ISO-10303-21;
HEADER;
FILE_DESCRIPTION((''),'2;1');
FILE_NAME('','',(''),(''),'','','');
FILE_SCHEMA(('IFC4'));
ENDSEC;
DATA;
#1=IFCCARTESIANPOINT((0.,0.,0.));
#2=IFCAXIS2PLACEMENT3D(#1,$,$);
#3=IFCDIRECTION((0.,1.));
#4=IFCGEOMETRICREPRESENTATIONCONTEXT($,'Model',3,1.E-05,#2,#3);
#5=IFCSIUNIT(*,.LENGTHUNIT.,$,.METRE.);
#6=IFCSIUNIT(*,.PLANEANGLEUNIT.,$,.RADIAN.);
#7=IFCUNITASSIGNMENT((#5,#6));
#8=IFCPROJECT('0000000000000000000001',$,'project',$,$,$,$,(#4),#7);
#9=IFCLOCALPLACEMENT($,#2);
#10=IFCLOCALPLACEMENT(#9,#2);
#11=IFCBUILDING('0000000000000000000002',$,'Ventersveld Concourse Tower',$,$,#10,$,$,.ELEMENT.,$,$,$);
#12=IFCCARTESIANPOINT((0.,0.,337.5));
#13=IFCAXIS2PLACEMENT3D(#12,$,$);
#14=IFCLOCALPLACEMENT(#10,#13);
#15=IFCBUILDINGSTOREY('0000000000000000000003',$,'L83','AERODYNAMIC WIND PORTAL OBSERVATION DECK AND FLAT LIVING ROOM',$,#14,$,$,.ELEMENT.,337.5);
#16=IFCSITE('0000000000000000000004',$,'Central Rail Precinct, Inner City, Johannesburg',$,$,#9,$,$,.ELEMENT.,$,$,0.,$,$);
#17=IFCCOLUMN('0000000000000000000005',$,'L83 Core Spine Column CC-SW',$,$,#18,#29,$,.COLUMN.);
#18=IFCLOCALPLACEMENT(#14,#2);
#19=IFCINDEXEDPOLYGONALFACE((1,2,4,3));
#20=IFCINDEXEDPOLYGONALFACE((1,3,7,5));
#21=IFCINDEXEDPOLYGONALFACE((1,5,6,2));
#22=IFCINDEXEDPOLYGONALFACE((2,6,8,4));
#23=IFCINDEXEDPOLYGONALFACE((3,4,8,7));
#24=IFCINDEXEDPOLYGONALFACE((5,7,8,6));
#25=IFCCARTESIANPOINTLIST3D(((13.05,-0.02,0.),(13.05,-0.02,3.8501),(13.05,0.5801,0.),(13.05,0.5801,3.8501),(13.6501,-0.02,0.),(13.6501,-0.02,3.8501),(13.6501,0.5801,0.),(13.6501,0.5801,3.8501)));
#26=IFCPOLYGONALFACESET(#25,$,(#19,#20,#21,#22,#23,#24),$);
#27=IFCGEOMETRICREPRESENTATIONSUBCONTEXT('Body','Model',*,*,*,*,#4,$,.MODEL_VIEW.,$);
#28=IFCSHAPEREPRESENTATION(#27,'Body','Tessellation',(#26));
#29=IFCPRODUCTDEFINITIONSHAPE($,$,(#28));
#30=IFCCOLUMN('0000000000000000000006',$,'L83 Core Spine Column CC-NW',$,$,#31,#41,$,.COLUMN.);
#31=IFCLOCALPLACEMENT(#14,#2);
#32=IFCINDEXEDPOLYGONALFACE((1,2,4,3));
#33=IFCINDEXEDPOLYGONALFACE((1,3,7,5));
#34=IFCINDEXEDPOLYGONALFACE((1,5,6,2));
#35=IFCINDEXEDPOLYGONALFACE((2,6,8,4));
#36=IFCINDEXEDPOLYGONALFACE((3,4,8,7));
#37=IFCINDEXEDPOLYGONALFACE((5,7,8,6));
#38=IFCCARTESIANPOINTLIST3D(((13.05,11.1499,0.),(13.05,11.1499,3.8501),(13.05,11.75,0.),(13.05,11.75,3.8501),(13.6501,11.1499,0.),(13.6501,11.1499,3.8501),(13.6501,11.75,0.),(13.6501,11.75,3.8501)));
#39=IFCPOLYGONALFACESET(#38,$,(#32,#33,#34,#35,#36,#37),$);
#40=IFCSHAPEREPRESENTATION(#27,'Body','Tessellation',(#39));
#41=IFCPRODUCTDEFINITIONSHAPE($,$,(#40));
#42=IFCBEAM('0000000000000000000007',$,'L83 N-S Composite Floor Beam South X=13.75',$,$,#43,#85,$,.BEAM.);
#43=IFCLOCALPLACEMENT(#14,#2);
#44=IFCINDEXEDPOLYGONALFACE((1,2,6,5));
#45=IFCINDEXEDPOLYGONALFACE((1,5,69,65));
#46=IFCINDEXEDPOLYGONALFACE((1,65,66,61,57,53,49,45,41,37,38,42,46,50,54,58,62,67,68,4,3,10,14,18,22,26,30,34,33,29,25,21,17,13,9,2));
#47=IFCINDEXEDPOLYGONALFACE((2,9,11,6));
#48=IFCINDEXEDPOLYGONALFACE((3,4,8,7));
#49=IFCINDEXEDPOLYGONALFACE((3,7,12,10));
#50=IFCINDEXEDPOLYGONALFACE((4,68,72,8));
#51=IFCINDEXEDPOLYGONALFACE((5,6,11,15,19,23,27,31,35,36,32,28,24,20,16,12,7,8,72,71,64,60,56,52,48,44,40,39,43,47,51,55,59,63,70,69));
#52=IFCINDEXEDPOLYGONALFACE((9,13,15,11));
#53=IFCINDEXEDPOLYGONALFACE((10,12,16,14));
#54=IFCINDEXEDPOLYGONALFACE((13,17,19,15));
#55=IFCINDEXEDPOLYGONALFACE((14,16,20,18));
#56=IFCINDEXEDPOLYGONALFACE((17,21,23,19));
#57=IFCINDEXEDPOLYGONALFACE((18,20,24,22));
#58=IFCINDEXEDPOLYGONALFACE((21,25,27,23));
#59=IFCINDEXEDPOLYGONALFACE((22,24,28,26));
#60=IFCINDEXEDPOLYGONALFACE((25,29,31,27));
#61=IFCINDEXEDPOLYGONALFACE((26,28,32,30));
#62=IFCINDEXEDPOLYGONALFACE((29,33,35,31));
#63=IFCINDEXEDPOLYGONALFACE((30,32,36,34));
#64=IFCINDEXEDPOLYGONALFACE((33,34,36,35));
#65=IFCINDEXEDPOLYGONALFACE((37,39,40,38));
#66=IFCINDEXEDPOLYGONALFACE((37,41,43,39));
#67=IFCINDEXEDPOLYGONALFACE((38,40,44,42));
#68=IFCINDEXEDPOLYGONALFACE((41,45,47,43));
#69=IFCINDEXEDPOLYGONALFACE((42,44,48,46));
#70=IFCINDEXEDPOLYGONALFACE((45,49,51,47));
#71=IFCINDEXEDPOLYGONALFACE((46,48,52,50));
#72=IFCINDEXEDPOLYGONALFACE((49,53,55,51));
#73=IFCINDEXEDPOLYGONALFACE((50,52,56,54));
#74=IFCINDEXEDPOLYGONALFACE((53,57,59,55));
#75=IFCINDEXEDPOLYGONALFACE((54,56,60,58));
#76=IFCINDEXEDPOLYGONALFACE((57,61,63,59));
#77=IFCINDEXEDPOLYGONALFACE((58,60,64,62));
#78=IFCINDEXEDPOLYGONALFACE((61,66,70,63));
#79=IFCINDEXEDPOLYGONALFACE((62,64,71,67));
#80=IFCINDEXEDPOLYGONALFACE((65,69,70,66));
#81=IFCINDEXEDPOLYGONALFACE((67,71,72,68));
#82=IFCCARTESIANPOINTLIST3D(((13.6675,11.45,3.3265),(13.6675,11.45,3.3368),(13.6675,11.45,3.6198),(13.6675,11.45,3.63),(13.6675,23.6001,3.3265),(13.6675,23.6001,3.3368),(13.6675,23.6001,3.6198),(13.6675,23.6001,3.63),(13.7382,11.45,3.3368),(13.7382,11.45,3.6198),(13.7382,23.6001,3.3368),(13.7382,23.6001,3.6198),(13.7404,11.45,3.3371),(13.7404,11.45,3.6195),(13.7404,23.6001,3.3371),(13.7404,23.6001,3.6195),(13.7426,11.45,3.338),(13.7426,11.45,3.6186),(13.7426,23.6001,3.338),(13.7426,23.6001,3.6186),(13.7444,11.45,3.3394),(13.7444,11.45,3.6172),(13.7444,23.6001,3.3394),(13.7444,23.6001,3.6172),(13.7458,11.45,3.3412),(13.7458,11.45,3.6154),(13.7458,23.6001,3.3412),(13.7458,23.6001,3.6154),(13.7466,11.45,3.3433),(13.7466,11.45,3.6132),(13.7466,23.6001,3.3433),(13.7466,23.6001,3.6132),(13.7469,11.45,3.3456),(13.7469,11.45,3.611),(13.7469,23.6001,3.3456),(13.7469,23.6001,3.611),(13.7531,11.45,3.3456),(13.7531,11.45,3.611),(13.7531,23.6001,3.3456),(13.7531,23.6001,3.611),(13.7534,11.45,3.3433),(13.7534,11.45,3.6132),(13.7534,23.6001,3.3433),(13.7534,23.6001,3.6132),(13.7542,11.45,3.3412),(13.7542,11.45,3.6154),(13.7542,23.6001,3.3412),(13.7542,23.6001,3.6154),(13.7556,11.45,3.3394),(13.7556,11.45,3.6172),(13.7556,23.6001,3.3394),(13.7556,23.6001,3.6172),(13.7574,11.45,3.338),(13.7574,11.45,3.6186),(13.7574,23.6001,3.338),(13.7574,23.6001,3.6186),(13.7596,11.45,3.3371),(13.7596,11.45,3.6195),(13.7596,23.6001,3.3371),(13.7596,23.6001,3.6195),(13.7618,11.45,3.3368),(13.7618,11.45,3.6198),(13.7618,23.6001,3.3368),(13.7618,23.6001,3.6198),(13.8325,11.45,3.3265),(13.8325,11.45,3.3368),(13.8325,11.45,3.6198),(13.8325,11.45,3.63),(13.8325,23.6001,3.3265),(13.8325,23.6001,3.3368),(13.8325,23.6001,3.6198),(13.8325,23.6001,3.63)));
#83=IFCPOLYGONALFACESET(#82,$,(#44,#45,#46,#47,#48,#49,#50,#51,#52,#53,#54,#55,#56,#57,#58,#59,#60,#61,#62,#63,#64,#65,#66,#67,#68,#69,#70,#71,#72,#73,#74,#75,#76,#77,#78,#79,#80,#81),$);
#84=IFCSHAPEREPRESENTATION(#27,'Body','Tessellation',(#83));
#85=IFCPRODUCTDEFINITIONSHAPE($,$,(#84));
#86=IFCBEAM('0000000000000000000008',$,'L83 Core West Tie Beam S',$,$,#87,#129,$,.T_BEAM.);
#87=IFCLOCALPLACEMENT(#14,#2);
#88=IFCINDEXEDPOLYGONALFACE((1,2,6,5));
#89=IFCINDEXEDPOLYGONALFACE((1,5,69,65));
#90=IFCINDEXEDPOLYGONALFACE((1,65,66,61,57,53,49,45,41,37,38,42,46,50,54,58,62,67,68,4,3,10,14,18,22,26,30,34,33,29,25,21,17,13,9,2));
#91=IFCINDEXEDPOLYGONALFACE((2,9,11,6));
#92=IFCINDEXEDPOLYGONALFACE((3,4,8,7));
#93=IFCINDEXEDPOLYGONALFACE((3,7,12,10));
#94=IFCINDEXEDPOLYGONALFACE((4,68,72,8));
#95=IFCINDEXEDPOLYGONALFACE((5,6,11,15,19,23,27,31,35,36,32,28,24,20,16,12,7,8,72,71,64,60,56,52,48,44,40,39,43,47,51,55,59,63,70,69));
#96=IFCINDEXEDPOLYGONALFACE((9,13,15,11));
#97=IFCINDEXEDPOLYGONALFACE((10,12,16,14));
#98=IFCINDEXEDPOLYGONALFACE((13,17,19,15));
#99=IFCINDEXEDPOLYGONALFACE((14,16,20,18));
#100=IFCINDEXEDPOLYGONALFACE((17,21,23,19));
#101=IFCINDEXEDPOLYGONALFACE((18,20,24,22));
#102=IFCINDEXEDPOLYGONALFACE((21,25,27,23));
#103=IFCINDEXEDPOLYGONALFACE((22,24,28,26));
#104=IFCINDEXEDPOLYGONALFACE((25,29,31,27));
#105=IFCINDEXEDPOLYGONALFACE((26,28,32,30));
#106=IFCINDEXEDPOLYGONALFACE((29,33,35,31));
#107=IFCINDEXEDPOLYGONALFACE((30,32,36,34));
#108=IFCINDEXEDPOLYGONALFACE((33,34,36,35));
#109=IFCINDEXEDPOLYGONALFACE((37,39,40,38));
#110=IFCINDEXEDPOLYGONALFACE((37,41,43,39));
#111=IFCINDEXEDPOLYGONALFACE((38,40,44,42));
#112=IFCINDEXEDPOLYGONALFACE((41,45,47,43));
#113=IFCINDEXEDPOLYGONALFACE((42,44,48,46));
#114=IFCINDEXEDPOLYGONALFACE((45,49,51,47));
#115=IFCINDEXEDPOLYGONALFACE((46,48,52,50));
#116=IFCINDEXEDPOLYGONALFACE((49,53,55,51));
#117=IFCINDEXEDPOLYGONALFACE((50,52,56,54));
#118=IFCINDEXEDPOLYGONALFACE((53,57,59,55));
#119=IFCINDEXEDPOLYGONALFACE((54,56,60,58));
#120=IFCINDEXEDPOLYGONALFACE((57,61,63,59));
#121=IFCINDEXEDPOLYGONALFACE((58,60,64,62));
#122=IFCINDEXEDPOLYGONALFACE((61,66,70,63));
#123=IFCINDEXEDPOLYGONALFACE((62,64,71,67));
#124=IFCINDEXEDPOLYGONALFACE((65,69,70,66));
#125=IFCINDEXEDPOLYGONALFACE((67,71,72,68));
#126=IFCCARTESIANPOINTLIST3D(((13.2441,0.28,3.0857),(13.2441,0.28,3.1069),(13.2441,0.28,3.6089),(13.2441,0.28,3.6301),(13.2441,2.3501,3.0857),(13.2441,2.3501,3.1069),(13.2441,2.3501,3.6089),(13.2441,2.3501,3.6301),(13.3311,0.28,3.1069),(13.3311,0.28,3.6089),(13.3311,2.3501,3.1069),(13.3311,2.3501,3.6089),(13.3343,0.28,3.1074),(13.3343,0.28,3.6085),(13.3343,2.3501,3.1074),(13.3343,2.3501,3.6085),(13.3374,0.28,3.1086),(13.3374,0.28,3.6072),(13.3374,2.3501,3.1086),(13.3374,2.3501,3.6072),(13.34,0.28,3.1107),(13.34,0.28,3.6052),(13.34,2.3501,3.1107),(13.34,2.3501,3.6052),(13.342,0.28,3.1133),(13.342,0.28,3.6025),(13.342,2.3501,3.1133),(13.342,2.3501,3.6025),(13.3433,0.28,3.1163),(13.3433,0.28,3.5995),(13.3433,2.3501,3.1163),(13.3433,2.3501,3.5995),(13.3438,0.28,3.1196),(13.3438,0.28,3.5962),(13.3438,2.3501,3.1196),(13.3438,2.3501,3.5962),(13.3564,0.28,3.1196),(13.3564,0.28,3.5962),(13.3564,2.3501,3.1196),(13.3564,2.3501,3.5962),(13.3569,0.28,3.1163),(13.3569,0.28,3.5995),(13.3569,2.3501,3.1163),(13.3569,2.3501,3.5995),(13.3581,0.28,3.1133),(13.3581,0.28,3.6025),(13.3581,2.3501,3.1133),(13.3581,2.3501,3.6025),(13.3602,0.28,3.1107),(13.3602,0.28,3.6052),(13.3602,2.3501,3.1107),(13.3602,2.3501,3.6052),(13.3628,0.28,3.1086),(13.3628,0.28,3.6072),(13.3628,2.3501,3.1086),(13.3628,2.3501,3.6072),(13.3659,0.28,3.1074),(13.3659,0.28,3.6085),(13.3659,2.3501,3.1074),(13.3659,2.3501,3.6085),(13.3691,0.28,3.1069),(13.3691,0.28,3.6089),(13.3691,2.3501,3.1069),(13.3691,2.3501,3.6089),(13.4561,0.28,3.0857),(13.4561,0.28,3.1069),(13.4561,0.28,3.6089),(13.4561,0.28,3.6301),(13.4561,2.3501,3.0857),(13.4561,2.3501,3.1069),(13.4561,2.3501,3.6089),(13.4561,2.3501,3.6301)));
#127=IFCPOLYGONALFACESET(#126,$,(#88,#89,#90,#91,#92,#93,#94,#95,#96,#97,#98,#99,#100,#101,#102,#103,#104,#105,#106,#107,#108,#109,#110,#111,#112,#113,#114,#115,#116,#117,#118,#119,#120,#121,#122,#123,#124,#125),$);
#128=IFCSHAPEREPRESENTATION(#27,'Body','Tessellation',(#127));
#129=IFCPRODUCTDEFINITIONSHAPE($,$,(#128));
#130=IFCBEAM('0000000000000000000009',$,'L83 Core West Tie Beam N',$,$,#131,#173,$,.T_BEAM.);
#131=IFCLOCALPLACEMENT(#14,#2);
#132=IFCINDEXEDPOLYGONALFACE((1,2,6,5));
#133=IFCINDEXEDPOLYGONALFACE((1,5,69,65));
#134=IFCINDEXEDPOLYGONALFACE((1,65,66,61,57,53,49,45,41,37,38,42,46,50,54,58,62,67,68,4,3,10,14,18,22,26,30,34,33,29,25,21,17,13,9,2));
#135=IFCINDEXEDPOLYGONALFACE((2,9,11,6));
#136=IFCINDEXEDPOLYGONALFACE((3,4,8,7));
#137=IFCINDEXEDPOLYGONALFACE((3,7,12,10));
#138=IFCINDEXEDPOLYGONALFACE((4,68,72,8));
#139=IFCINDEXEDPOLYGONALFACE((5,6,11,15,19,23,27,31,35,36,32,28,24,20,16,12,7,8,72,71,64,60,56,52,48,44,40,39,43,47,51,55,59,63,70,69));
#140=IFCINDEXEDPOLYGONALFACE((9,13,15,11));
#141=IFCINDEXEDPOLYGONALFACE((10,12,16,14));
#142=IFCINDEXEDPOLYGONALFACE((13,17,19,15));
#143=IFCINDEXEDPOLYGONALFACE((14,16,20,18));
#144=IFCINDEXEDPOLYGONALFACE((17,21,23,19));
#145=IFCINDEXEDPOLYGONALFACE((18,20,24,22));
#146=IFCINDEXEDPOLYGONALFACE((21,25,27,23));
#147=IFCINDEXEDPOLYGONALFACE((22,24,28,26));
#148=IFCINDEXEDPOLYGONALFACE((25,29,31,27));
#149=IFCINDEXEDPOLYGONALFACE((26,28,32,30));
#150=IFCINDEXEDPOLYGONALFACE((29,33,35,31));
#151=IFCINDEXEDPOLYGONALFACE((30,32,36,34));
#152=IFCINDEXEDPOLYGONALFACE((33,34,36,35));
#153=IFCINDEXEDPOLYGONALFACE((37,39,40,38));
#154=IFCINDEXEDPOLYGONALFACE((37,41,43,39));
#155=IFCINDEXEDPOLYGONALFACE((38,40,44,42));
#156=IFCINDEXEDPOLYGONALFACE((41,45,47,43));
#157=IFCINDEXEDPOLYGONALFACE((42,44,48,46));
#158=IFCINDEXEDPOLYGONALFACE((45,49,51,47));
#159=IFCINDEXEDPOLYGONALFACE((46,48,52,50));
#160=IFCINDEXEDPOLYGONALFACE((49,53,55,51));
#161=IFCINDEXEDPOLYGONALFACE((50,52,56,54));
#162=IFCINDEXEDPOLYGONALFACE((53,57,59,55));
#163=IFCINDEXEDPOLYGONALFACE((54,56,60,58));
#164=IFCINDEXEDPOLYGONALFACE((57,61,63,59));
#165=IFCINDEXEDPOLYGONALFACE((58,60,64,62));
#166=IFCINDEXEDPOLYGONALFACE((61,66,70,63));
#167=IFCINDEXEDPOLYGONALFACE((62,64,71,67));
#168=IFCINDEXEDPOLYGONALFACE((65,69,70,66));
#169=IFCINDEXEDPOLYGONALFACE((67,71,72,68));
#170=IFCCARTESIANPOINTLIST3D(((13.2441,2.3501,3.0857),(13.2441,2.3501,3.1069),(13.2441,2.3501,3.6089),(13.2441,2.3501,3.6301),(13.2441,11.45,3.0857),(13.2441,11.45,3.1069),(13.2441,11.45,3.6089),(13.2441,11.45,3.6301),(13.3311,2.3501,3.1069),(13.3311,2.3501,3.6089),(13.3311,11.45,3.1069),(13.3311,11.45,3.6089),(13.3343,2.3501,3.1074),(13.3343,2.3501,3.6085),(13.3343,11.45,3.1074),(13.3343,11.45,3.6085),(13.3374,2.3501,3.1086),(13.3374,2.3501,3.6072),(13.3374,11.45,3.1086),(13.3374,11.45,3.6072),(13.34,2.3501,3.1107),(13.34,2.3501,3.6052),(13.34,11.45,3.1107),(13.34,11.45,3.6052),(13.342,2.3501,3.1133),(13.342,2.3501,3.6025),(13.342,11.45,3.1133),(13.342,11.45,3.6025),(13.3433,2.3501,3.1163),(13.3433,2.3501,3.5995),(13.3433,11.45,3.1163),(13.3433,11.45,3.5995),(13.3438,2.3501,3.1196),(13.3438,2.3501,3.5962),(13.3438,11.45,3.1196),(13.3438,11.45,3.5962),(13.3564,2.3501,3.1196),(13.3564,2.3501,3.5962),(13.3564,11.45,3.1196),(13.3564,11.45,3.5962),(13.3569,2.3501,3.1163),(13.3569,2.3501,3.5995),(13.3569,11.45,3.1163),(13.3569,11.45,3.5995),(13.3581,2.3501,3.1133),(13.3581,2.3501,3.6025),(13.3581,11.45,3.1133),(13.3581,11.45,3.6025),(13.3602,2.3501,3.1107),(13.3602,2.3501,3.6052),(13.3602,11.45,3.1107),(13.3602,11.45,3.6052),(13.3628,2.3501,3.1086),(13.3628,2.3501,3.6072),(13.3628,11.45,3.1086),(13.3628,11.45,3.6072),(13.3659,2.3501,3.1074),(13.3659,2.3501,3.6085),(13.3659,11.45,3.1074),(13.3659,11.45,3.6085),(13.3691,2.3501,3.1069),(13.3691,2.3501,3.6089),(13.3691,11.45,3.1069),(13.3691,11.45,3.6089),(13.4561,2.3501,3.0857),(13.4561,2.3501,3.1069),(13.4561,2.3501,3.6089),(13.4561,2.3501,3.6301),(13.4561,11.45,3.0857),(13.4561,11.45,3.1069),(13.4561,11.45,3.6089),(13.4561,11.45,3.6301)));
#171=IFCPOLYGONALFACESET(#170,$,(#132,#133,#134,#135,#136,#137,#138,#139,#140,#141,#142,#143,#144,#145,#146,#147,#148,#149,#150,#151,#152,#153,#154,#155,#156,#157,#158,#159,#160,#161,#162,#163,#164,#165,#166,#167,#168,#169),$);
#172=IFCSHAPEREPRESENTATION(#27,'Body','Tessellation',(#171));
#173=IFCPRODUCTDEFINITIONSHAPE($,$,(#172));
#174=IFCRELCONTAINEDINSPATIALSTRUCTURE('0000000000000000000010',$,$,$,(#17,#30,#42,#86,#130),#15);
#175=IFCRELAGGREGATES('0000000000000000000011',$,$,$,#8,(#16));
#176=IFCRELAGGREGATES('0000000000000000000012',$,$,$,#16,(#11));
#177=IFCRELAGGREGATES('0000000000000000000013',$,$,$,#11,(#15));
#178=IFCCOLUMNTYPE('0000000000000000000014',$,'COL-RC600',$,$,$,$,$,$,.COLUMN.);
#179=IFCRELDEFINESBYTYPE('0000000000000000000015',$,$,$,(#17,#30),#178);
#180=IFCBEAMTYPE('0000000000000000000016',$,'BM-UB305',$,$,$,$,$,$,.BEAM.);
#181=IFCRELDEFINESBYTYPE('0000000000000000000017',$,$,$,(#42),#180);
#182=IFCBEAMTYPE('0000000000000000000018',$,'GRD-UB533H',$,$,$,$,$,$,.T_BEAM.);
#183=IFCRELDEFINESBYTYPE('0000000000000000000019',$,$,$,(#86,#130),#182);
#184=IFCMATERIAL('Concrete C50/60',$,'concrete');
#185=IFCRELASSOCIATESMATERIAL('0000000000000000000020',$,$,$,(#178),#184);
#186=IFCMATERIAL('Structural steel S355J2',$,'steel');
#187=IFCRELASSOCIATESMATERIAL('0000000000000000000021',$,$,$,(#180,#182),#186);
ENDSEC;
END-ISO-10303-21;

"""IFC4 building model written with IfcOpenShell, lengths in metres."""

from ifc_helpers import new_model, si_unit, direction, frame, origin, origin_2d, place, context, subcontext, project, spatial, rectangle, i_section, extrude, material, material_profile, profile_set, type_object, element, save


model = new_model("IFC4")

# Units and contexts
model_context = context("Model", 3, precision=1e-05, world=origin(), true_north=direction((0.0, 1.0)))
body_context = subcontext(model_context, "Body", "Model", "MODEL_VIEW")
ifc_project = project(units=[si_unit("LENGTHUNIT", "METRE"), si_unit("PLANEANGLEUNIT", "RADIAN")], contexts=[model_context])

# Site, building, storey
site_placement = place(None, origin())
site = spatial("IfcSite", under=ifc_project, at=site_placement, Name="Central Rail Precinct, Inner City, Johannesburg", CompositionType="ELEMENT", RefElevation=0.0)
building_placement = place(site_placement, origin())
building = spatial("IfcBuilding", under=site, at=building_placement, Name="Ventersveld Concourse Tower", CompositionType="ELEMENT")
storey_placement = place(building_placement, frame((0.0, 0.0, 337.5)))
storey = spatial("IfcBuildingStorey", under=building, at=storey_placement, Name="L83", Description="AERODYNAMIC WIND PORTAL OBSERVATION DECK AND FLAT LIVING ROOM", CompositionType="ELEMENT", Elevation=337.5)

# Columns
ifc_material_1 = material(Name="Concrete C50/60", Category="concrete")
ifc_material_profile_1 = material_profile(ifc_material_1, rectangle(XDim=0.6001, YDim=0.6001, at=origin_2d()), Name="RC 600x600")
ifc_profile_set_1 = profile_set([ifc_material_profile_1], Name="Concrete C50/60")
column_type = type_object("IfcColumnType", Name="COL-RC600", PredefinedType="COLUMN", material=ifc_profile_set_1)
for number, where, z_axis, x_axis, name in (
    (1, (13.3501, 0.28, 0.0), (0.0, 0.0, 1.0), (1.0, 0.0, 0.0), "L83 Core Spine Column CC-SW"),
    (2, (13.3501, 11.45, 0.0), (0.0, 0.0, 1.0), (1.0, 0.0, 0.0), "L83 Core Spine Column CC-NW"),
):
    element("IfcColumn", number, at=place(storey_placement, frame(where, z_axis=z_axis, x_axis=x_axis)), inside=storey, type_object=column_type, Name=name, PredefinedType="COLUMN", context=body_context, shape_type="SweptSolid", body=[
        extrude(rectangle(XDim=0.6001, YDim=0.6001, at=origin_2d()), origin(), (0.0, 0.0, 1.0), 3.8501),
    ])

# Beams
ifc_material_2 = material(Name="Structural steel S355J2", Category="steel")
ifc_material_profile_2 = material_profile(ifc_material_2, i_section(OverallWidth=0.165, OverallDepth=0.3035, WebThickness=0.0061, FlangeThickness=0.0103, FilletRadius=0.0088, at=origin_2d()), Name="UB 305x165x40")
ifc_profile_set_2 = profile_set([ifc_material_profile_2], Name="Structural steel S355J2")
beam_type_1 = type_object("IfcBeamType", Name="BM-UB305", PredefinedType="BEAM", material=ifc_profile_set_2)
beam_1_placement = place(storey_placement, frame((13.75, 11.45, 3.4783), z_axis=(0.0, 1.0, 0.0), x_axis=(-1.0, 0.0, 0.0)))
element("IfcBeam", 3, at=beam_1_placement, inside=storey, type_object=beam_type_1, Name="L83 N-S Composite Floor Beam South X=13.75", PredefinedType="BEAM", context=body_context, shape_type="SweptSolid", body=[
    extrude(i_section(OverallWidth=0.165, OverallDepth=0.3035, WebThickness=0.0061, FlangeThickness=0.0103, FilletRadius=0.0088, at=origin_2d()), origin(), (0.0, 0.0, 1.0), 12.1501),
])
ifc_material_profile_3 = material_profile(ifc_material_2, i_section(OverallWidth=0.2119, OverallDepth=0.5444, WebThickness=0.0127, FlangeThickness=0.0212, FilletRadius=0.0127, at=origin_2d()), Name="UB 533x210x122")
ifc_profile_set_3 = profile_set([ifc_material_profile_3], Name="Structural steel S355J2")
beam_type_2 = type_object("IfcBeamType", Name="GRD-UB533H", PredefinedType="T_BEAM", material=ifc_profile_set_3)
beam_2_placement = place(storey_placement, frame((13.3501, 0.28, 3.3579), z_axis=(0.0, 1.0, 0.0), x_axis=(-1.0, 0.0, 0.0)))
element("IfcBeam", 4, at=beam_2_placement, inside=storey, type_object=beam_type_2, Name="L83 Core West Tie Beam S", PredefinedType="T_BEAM", context=body_context, shape_type="SweptSolid", body=[
    extrude(i_section(OverallWidth=0.2119, OverallDepth=0.5444, WebThickness=0.0127, FlangeThickness=0.0212, FilletRadius=0.0127, at=origin_2d()), origin(), (0.0, 0.0, 1.0), 2.0701),
])
beam_3_placement = place(storey_placement, frame((13.3501, 2.3501, 3.3579), z_axis=(0.0, 1.0, 0.0), x_axis=(-1.0, 0.0, 0.0)))
element("IfcBeam", 5, at=beam_3_placement, inside=storey, type_object=beam_type_2, Name="L83 Core West Tie Beam N", PredefinedType="T_BEAM", context=body_context, shape_type="SweptSolid", body=[
    extrude(i_section(OverallWidth=0.2119, OverallDepth=0.5444, WebThickness=0.0127, FlangeThickness=0.0212, FilletRadius=0.0127, at=origin_2d()), origin(), (0.0, 0.0, 1.0), 9.0999),
])

save(model, "model.ifc")
